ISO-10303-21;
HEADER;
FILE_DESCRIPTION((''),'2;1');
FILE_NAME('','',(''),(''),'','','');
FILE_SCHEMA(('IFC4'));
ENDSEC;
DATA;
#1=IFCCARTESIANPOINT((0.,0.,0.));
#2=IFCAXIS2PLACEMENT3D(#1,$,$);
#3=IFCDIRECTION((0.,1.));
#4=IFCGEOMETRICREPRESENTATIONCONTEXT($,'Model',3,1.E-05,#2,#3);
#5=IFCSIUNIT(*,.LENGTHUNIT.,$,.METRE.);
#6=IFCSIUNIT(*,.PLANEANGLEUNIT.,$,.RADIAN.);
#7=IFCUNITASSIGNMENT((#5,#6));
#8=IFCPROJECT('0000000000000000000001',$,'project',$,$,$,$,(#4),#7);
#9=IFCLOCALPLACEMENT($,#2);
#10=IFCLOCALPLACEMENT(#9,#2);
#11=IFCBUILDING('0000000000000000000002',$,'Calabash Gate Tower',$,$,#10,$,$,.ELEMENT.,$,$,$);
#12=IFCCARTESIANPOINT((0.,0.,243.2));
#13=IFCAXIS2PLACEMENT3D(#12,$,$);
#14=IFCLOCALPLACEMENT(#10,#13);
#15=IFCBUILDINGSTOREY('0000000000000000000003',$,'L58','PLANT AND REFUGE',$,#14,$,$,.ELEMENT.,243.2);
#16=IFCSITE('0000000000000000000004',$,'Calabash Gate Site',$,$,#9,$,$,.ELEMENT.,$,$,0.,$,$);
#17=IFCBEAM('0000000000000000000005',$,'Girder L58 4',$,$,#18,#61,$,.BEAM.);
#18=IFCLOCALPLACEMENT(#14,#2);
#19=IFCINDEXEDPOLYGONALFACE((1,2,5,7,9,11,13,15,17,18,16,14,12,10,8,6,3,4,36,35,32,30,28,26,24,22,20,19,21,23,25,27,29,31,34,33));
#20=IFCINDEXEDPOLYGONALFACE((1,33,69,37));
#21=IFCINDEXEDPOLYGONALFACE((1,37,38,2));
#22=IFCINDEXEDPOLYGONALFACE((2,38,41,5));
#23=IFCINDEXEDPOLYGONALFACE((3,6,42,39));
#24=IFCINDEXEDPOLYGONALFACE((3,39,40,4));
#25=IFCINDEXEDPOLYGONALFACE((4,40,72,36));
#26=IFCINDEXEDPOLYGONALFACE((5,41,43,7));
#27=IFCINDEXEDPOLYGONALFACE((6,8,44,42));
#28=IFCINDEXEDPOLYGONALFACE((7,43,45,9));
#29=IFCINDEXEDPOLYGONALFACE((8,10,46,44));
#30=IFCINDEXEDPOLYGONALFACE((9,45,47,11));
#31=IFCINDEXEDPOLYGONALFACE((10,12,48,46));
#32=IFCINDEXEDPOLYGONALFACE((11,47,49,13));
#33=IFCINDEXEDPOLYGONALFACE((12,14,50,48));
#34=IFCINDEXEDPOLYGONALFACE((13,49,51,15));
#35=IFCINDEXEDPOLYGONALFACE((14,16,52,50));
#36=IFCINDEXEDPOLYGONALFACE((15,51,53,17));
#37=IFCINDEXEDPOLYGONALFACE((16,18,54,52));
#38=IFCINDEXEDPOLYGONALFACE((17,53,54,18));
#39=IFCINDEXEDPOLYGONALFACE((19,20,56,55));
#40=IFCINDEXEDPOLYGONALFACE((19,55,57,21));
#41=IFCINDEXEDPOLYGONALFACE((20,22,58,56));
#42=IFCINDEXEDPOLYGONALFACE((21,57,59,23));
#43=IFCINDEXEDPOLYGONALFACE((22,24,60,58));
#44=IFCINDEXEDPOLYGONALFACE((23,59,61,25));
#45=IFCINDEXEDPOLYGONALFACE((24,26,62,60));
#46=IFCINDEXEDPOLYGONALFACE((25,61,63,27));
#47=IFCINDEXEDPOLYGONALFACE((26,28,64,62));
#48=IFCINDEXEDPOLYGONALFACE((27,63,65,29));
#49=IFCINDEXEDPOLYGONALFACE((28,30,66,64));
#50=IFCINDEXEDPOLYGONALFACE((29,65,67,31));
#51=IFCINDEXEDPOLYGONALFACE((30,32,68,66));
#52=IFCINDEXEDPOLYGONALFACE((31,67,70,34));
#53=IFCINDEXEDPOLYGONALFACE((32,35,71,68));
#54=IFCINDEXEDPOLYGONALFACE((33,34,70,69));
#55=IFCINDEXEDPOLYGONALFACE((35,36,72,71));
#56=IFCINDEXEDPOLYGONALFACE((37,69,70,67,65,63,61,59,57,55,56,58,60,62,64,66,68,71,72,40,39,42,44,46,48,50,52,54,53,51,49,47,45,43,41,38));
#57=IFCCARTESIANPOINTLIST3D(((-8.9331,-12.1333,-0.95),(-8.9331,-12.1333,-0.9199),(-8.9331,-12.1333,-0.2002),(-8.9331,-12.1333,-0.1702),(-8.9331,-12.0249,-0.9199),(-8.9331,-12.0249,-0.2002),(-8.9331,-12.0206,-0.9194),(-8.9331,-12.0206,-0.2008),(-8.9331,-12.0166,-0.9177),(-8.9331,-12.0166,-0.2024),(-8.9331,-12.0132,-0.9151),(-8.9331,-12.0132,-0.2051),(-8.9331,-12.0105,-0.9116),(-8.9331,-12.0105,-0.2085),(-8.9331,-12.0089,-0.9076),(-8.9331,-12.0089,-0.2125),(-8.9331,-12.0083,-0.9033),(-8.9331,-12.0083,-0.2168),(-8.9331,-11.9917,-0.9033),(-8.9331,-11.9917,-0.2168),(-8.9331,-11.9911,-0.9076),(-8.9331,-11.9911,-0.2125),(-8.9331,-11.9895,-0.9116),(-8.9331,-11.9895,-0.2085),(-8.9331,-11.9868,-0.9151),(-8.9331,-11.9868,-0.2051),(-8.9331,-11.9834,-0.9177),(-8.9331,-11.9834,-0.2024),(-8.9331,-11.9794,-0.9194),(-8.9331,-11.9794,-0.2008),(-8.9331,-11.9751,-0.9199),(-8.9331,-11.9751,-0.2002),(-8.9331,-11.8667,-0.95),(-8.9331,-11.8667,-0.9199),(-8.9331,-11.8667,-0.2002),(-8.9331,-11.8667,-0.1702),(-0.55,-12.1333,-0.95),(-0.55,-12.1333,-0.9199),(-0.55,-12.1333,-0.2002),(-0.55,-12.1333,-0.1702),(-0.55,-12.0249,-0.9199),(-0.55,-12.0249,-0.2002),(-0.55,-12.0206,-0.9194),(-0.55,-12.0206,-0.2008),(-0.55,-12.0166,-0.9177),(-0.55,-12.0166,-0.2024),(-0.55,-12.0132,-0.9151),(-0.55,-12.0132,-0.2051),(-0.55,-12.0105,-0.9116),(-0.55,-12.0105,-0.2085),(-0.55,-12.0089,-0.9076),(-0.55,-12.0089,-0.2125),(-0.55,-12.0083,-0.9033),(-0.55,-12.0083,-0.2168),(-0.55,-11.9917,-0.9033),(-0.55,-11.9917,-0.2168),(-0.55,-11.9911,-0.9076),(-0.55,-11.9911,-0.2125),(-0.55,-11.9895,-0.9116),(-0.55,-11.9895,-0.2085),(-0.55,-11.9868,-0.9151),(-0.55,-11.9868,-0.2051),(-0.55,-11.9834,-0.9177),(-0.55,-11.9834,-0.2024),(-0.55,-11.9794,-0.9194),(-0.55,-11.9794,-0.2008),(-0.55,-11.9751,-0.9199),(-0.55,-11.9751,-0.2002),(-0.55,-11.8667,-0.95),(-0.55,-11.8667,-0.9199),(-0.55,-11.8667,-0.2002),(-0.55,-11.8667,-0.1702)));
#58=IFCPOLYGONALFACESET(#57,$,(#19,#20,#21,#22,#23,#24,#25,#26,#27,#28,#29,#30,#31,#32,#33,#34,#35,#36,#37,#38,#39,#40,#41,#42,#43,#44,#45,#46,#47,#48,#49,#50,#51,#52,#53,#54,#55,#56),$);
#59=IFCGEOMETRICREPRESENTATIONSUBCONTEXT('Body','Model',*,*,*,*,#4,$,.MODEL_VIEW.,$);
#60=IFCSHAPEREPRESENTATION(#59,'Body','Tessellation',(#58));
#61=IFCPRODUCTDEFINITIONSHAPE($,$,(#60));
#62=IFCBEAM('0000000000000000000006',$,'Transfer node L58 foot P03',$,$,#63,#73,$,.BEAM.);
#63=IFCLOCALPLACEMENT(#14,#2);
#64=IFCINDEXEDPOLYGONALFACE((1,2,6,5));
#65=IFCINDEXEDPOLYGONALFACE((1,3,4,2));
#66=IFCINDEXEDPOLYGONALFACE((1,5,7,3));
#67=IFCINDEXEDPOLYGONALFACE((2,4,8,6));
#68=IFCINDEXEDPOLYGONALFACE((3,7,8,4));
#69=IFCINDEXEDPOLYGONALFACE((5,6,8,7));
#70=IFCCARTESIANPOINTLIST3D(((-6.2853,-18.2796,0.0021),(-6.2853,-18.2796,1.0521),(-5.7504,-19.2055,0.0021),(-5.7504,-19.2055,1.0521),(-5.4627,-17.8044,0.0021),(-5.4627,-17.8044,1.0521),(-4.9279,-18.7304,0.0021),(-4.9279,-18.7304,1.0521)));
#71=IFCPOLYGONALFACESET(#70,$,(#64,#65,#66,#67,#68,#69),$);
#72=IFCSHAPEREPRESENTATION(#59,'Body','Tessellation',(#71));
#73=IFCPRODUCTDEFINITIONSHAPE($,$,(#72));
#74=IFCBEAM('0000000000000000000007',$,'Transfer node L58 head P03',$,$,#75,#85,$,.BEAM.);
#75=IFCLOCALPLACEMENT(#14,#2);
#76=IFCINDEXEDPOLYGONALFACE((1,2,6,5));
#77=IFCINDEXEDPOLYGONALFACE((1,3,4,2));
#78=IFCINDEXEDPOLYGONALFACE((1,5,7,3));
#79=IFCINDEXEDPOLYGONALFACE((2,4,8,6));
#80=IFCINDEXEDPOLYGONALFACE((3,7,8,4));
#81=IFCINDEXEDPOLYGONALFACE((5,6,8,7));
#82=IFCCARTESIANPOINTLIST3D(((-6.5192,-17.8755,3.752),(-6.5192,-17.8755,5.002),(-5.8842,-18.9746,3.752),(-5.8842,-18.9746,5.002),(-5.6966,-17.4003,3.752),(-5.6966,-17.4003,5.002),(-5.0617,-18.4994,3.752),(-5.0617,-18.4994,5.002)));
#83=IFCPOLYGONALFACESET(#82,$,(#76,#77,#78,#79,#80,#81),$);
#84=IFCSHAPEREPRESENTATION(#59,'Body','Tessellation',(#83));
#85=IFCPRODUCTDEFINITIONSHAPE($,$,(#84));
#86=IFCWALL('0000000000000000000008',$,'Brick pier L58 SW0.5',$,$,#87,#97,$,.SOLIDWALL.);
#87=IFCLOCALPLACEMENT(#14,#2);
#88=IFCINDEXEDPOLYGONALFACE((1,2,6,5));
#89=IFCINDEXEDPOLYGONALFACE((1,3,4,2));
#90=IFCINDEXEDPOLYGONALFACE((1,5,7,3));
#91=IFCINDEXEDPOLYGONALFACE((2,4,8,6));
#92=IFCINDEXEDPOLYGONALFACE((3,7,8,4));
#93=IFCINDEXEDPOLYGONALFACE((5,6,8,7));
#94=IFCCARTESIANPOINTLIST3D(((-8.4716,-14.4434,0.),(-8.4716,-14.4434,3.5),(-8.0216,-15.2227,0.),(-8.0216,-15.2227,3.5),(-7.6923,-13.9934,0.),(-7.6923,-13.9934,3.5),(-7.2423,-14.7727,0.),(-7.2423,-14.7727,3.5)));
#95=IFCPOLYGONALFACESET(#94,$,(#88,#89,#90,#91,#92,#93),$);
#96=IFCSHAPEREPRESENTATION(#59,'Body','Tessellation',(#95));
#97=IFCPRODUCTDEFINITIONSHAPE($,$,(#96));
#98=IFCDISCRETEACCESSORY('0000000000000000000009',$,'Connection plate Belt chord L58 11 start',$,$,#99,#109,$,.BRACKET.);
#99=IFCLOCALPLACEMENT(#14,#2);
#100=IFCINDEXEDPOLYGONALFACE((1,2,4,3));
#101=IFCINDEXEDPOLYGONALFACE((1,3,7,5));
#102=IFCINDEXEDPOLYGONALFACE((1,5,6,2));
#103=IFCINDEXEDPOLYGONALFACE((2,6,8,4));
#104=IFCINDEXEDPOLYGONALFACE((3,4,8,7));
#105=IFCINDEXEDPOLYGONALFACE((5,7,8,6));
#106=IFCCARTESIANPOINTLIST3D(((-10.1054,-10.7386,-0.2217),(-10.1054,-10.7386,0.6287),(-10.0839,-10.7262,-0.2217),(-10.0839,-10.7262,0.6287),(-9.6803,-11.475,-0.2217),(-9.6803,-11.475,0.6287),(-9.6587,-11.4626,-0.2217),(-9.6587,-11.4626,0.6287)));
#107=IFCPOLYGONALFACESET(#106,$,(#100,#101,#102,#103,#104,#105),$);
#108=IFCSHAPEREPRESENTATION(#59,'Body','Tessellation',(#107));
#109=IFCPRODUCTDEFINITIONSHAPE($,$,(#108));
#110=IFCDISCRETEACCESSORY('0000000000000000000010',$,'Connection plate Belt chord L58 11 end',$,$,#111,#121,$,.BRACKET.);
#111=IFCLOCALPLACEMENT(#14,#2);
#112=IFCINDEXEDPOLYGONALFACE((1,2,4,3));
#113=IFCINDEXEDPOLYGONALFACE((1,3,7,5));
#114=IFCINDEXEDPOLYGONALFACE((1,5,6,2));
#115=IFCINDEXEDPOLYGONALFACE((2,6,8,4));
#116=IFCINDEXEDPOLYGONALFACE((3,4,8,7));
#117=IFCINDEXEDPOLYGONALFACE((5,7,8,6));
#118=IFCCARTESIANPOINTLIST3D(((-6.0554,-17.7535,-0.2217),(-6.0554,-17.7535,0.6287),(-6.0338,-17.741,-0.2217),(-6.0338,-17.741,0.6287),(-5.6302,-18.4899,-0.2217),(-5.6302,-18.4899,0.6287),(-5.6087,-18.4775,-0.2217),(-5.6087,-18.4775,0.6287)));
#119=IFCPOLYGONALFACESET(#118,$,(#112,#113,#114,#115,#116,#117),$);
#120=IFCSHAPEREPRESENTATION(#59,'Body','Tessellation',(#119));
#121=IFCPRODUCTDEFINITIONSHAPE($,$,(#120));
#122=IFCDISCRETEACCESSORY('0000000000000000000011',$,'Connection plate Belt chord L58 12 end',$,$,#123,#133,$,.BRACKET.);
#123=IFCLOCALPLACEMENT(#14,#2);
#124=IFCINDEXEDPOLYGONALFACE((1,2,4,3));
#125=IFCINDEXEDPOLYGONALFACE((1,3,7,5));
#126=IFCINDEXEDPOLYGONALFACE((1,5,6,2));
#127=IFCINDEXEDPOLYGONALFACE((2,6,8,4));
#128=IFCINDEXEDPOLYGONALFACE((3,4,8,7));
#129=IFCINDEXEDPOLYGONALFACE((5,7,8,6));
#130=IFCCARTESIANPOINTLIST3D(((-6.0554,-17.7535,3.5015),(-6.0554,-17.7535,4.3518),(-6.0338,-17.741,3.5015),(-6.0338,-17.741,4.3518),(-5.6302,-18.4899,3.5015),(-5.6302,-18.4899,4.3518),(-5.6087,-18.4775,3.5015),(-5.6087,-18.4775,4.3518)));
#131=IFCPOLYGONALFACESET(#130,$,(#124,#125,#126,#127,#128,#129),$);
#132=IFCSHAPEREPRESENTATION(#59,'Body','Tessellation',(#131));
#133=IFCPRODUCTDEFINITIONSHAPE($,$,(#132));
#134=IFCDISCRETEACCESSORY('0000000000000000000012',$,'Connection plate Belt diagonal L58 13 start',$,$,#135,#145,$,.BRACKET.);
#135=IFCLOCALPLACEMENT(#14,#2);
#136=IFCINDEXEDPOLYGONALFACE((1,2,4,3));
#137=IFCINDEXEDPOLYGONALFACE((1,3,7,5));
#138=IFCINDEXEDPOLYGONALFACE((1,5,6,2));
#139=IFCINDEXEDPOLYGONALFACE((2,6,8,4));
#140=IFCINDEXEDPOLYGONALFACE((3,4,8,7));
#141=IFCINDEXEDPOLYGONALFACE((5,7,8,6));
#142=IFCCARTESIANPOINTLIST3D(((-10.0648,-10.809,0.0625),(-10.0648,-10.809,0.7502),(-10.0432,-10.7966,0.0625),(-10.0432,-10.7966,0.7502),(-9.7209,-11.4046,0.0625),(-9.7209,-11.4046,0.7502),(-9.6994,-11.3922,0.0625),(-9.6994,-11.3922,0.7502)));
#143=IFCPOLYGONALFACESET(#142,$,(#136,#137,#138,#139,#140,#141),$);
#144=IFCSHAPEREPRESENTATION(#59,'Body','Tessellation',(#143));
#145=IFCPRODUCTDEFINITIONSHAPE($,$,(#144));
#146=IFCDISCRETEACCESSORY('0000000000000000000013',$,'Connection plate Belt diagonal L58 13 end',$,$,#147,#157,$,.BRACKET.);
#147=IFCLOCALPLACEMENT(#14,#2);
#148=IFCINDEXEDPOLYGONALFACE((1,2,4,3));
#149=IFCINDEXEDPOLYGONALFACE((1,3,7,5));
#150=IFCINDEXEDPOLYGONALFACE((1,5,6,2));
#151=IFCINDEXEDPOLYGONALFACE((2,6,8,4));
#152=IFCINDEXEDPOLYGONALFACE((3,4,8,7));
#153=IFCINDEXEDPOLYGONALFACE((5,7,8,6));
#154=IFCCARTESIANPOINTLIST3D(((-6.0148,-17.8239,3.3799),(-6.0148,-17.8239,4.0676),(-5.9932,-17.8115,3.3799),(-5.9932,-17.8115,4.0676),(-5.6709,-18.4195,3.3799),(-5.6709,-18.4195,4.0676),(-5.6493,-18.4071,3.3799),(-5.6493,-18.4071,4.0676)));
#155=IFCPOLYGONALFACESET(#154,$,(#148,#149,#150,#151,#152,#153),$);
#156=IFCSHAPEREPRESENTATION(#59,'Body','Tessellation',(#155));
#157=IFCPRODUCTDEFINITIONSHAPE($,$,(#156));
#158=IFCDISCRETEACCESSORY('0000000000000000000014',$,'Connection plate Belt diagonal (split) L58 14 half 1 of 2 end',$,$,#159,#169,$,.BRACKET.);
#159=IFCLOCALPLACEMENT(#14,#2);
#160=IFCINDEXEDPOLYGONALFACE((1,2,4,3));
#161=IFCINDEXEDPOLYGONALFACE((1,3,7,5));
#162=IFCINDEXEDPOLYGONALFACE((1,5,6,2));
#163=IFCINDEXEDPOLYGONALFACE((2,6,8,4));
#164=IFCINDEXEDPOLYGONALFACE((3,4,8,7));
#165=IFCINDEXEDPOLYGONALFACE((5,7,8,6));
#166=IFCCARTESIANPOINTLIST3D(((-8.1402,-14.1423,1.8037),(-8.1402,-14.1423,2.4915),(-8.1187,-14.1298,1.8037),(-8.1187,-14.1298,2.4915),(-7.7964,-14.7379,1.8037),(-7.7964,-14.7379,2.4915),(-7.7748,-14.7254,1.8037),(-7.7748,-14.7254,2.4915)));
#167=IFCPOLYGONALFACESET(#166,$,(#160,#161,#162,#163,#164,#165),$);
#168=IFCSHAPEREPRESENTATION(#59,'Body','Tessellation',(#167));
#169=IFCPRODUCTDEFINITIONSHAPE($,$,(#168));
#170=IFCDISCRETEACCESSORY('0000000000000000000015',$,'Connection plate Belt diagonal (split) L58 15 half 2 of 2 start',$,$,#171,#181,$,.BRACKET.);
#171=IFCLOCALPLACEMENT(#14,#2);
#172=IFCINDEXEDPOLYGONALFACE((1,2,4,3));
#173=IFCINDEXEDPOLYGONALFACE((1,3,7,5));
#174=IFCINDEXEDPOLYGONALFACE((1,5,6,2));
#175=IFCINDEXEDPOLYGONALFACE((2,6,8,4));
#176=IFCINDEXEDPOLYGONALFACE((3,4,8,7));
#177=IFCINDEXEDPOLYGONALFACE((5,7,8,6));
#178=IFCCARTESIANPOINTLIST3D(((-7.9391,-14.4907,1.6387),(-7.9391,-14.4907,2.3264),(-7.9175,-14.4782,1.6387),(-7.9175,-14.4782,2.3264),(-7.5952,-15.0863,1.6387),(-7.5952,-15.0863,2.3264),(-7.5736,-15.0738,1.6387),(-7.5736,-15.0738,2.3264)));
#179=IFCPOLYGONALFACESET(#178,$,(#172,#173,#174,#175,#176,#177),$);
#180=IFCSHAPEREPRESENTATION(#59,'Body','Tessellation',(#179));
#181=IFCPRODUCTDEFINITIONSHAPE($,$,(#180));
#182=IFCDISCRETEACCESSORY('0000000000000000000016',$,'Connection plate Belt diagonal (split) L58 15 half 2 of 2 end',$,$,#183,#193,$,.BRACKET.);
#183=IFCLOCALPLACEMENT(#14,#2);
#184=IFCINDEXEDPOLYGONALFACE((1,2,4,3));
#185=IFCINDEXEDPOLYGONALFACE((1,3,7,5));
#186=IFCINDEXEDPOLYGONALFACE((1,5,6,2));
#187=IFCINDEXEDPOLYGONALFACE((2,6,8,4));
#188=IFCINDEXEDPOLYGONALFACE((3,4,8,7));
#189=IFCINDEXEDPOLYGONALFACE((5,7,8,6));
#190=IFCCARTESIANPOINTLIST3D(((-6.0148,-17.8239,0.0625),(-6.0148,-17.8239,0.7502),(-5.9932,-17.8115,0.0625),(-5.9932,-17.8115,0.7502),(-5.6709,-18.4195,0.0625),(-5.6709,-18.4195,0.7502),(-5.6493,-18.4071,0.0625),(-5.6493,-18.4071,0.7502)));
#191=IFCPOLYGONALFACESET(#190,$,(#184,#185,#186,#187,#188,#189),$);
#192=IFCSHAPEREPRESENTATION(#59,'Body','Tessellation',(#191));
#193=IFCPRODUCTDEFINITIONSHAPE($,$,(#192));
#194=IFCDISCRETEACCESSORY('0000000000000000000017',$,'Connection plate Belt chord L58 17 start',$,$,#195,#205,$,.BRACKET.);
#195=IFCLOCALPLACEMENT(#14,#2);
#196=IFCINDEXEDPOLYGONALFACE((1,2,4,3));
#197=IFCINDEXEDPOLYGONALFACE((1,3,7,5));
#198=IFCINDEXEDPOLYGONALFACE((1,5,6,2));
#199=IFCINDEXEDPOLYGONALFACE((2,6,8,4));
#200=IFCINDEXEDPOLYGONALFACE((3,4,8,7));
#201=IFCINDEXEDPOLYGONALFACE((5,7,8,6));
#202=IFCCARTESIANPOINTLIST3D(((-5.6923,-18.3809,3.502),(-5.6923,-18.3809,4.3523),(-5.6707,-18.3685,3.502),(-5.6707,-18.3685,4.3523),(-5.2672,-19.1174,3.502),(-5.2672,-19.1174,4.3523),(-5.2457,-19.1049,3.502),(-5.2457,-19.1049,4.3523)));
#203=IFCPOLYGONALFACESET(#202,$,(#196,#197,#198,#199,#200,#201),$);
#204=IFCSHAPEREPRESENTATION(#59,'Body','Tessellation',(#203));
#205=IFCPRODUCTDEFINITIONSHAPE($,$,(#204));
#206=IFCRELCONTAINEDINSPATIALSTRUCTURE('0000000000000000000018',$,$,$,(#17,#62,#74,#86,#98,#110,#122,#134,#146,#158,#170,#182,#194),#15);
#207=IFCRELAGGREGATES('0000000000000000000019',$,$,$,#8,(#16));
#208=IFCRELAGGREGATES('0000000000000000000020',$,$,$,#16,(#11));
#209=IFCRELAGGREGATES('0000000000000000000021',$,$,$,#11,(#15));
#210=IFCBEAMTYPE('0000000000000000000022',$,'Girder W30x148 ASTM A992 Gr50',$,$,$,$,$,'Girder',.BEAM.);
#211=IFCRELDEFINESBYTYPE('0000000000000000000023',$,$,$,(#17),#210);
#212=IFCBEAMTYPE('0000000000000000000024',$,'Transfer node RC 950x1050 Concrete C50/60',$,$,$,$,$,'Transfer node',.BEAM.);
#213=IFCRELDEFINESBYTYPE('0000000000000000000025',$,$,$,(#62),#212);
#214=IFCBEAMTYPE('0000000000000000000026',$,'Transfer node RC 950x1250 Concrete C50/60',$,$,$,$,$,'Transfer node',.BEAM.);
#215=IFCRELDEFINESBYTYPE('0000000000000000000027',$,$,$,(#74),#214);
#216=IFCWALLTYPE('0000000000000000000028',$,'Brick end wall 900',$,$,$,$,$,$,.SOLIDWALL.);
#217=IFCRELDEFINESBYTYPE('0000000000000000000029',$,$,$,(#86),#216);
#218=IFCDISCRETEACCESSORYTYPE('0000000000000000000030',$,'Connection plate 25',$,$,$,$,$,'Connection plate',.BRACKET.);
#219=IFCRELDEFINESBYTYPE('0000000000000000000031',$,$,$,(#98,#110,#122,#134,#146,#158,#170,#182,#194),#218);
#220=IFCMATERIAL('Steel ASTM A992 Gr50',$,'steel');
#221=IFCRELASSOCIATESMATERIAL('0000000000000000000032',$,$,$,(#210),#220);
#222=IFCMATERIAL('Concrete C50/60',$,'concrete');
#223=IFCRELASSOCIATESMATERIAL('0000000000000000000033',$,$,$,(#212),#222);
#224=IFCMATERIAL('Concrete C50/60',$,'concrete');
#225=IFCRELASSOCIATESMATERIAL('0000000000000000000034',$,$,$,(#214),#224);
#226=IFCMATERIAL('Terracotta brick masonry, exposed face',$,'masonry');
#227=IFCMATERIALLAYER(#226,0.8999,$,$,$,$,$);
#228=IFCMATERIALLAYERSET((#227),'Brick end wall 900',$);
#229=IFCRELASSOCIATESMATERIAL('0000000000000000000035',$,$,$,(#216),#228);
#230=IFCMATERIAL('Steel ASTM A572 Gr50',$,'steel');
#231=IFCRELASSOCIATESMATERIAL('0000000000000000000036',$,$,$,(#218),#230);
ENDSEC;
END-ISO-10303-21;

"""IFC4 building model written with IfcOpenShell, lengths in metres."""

from ifc_helpers import new_model, si_unit, direction, frame, frame_2d, origin, origin_2d, place, context, subcontext, project, spatial, rectangle, i_section, extrude, material, layer, layer_set, material_profile, profile_set, type_object, element, save


model = new_model("IFC4")

# Units and contexts
model_context = context("Model", 3, precision=1e-05, world=origin(), true_north=direction((0.0, 1.0)))
body_context = subcontext(model_context, "Body", "Model", "MODEL_VIEW")
ifc_project = project(units=[si_unit("LENGTHUNIT", "METRE"), si_unit("PLANEANGLEUNIT", "RADIAN")], contexts=[model_context])

# Site, building, storey
site_placement = place(None, origin())
site = spatial("IfcSite", under=ifc_project, at=site_placement, Name="Calabash Gate Site", CompositionType="ELEMENT", RefElevation=0.0)
building_placement = place(site_placement, origin())
building = spatial("IfcBuilding", under=site, at=building_placement, Name="Calabash Gate Tower", CompositionType="ELEMENT")
storey_placement = place(building_placement, frame((0.0, 0.0, 243.2)))
storey = spatial("IfcBuildingStorey", under=building, at=storey_placement, Name="L58", Description="PLANT AND REFUGE", CompositionType="ELEMENT", Elevation=243.2)

# Beams
ifc_material_1 = material(Name="Steel ASTM A992 Gr50", Category="steel")
ifc_material_profile_1 = material_profile(ifc_material_1, i_section(OverallWidth=0.2666, OverallDepth=0.7798, WebThickness=0.0166, FlangeThickness=0.03, FilletRadius=0.0166, at=origin_2d()))
ifc_profile_set_1 = profile_set([ifc_material_profile_1], Name="Steel ASTM A992 Gr50")
beam_type_1 = type_object("IfcBeamType", Name="Girder W30x148 ASTM A992 Gr50", ElementType="Girder", PredefinedType="BEAM", material=ifc_profile_set_1)
beam_1_placement = place(storey_placement, frame((-8.9331, -12.0, -0.5601), z_axis=(1.0, 0.0, 0.0), x_axis=(0.0, 1.0, 0.0)))
element("IfcBeam", 1, at=beam_1_placement, inside=storey, type_object=beam_type_1, Name="Girder L58 4", PredefinedType="BEAM", context=body_context, shape_type="SweptSolid", body=[
    extrude(i_section(OverallWidth=0.2666, OverallDepth=0.7798, WebThickness=0.0166, FlangeThickness=0.03, FilletRadius=0.0166, at=origin_2d()), origin(), (0.0, 0.0, 1.0), 8.3831),
])
ifc_material_2 = material(Name="Concrete C50/60", Category="concrete")
ifc_material_profile_2 = material_profile(ifc_material_2, rectangle(XDim=0.95, YDim=1.05, at=origin_2d()))
ifc_profile_set_2 = profile_set([ifc_material_profile_2], Name="Concrete C50/60")
beam_type_2 = type_object("IfcBeamType", Name="Transfer node RC 950x1050 Concrete C50/60", ElementType="Transfer node", PredefinedType="BEAM", material=ifc_profile_set_2)
beam_2_placement = place(storey_placement, frame((-5.874, -18.042, 0.5271), z_axis=(0.50019, -0.865916, 0.0), x_axis=(0.865916, 0.50019, 0.0)))
element("IfcBeam", 2, at=beam_2_placement, inside=storey, type_object=beam_type_2, Name="Transfer node L58 foot P03", PredefinedType="BEAM", context=body_context, shape_type="SweptSolid", body=[
    extrude(rectangle(XDim=0.95, YDim=1.05, at=origin_2d()), origin(), (0.0, 0.0, 1.0), 1.0693),
])
ifc_material_3 = material(Name="Concrete C50/60", Category="concrete")
ifc_material_profile_3 = material_profile(ifc_material_3, rectangle(XDim=0.95, YDim=1.25, at=origin_2d()))
ifc_profile_set_3 = profile_set([ifc_material_profile_3], Name="Concrete C50/60")
beam_type_3 = type_object("IfcBeamType", Name="Transfer node RC 950x1250 Concrete C50/60", ElementType="Transfer node", PredefinedType="BEAM", material=ifc_profile_set_3)
beam_3_placement = place(storey_placement, frame((-6.1079, -17.6379, 4.377), z_axis=(0.500255, -0.865878, 0.0), x_axis=(0.865878, 0.500255, 0.0)))
element("IfcBeam", 3, at=beam_3_placement, inside=storey, type_object=beam_type_3, Name="Transfer node L58 head P03", PredefinedType="BEAM", context=body_context, shape_type="SweptSolid", body=[
    extrude(rectangle(XDim=0.95, YDim=1.25, at=origin_2d()), origin(), (0.0, 0.0, 1.0), 1.2693),
])

# Wall
ifc_material_4 = material(Name="Terracotta brick masonry, exposed face", Category="masonry")
ifc_layer = layer(ifc_material_4, 0.8999)
ifc_layer_set = layer_set([ifc_layer], Name="Brick end wall 900")
wall_type = type_object("IfcWallType", Name="Brick end wall 900", PredefinedType="SOLIDWALL", material=ifc_layer_set)
wall_placement = place(storey_placement, frame((-7.4673, -14.3831, 0.0), z_axis=(0.0, 0.0, 1.0), x_axis=(-0.866014, -0.50002, 0.0)))
element("IfcWall", 4, at=wall_placement, inside=storey, type_object=wall_type, Name="Brick pier L58 SW0.5", PredefinedType="SOLIDWALL", context=body_context, shape_type="SweptSolid", body=[
    extrude(rectangle(XDim=0.8999, YDim=0.8999, at=frame_2d((0.45, 0.0))), origin(), (0.0, 0.0, 1.0), 3.5),
])

# Discrete accessories
ifc_material_5 = material(Name="Steel ASTM A572 Gr50", Category="steel")
discrete_accessory_type = type_object("IfcDiscreteAccessoryType", Name="Connection plate 25", ElementType="Connection plate", PredefinedType="BRACKET", material=ifc_material_5)
for number, where, z_axis, x_axis, name in (
    (5, (-9.8821, -11.1006, -0.2217), (0.0, 0.0, 1.0), (0.5, -0.866025, 0.0), "Connection plate Belt chord L58 11 start"),
    (6, (-5.832, -18.1155, -0.2217), (0.0, 0.0, 1.0), (0.5, -0.866025, 0.0), "Connection plate Belt chord L58 11 end"),
    (7, (-5.832, -18.1155, 3.5015), (0.0, 0.0, 1.0), (0.499953, -0.866053, 0.0), "Connection plate Belt chord L58 12 end"),
):
    element("IfcDiscreteAccessory", number, at=place(storey_placement, frame(where, z_axis=z_axis, x_axis=x_axis)), inside=storey, type_object=discrete_accessory_type, Name=name, PredefinedType="BRACKET", context=body_context, shape_type="SweptSolid", body=[
        extrude(rectangle(XDim=0.8503, YDim=0.0249, at=origin_2d()), origin(), (0.0, 0.0, 1.0), 0.8503),
    ])
for number, where, z_axis, x_axis, name in (
    (8, (-9.8821, -11.1006, 0.0625), (0.0, 0.0, 1.0), (0.5, -0.866025, 0.0), "Connection plate Belt diagonal L58 13 start"),
    (9, (-5.832, -18.1155, 3.3799), (0.0, 0.0, 1.0), (0.5, -0.866025, 0.0), "Connection plate Belt diagonal L58 13 end"),
    (10, (-7.9575, -14.4338, 1.8037), (0.0, 0.0, 1.0), (0.5, -0.866025, 0.0), "Connection plate Belt diagonal (split) L58 14 half 1 of 2 end"),
    (11, (-7.7563, -14.7822, 1.6387), (0.0, 0.0, 1.0), (0.5, -0.866025, 0.0), "Connection plate Belt diagonal (split) L58 15 half 2 of 2 start"),
    (12, (-5.832, -18.1155, 0.0625), (0.0, 0.0, 1.0), (0.5, -0.866025, 0.0), "Connection plate Belt diagonal (split) L58 15 half 2 of 2 end"),
):
    element("IfcDiscreteAccessory", number, at=place(storey_placement, frame(where, z_axis=z_axis, x_axis=x_axis)), inside=storey, type_object=discrete_accessory_type, Name=name, PredefinedType="BRACKET", context=body_context, shape_type="SweptSolid", body=[
        extrude(rectangle(XDim=0.6877, YDim=0.0249, at=origin_2d()), origin(), (0.0, 0.0, 1.0), 0.6877),
    ])
discrete_accessory_placement = place(storey_placement, frame((-5.469, -18.7429, 3.502), z_axis=(0.0, 0.0, 1.0), x_axis=(0.499871, -0.8661, 0.0)))
element("IfcDiscreteAccessory", 13, at=discrete_accessory_placement, inside=storey, type_object=discrete_accessory_type, Name="Connection plate Belt chord L58 17 start", PredefinedType="BRACKET", context=body_context, shape_type="SweptSolid", body=[
    extrude(rectangle(XDim=0.8503, YDim=0.0249, at=origin_2d()), origin(), (0.0, 0.0, 1.0), 0.8503),
])

save(model, "model.ifc")
